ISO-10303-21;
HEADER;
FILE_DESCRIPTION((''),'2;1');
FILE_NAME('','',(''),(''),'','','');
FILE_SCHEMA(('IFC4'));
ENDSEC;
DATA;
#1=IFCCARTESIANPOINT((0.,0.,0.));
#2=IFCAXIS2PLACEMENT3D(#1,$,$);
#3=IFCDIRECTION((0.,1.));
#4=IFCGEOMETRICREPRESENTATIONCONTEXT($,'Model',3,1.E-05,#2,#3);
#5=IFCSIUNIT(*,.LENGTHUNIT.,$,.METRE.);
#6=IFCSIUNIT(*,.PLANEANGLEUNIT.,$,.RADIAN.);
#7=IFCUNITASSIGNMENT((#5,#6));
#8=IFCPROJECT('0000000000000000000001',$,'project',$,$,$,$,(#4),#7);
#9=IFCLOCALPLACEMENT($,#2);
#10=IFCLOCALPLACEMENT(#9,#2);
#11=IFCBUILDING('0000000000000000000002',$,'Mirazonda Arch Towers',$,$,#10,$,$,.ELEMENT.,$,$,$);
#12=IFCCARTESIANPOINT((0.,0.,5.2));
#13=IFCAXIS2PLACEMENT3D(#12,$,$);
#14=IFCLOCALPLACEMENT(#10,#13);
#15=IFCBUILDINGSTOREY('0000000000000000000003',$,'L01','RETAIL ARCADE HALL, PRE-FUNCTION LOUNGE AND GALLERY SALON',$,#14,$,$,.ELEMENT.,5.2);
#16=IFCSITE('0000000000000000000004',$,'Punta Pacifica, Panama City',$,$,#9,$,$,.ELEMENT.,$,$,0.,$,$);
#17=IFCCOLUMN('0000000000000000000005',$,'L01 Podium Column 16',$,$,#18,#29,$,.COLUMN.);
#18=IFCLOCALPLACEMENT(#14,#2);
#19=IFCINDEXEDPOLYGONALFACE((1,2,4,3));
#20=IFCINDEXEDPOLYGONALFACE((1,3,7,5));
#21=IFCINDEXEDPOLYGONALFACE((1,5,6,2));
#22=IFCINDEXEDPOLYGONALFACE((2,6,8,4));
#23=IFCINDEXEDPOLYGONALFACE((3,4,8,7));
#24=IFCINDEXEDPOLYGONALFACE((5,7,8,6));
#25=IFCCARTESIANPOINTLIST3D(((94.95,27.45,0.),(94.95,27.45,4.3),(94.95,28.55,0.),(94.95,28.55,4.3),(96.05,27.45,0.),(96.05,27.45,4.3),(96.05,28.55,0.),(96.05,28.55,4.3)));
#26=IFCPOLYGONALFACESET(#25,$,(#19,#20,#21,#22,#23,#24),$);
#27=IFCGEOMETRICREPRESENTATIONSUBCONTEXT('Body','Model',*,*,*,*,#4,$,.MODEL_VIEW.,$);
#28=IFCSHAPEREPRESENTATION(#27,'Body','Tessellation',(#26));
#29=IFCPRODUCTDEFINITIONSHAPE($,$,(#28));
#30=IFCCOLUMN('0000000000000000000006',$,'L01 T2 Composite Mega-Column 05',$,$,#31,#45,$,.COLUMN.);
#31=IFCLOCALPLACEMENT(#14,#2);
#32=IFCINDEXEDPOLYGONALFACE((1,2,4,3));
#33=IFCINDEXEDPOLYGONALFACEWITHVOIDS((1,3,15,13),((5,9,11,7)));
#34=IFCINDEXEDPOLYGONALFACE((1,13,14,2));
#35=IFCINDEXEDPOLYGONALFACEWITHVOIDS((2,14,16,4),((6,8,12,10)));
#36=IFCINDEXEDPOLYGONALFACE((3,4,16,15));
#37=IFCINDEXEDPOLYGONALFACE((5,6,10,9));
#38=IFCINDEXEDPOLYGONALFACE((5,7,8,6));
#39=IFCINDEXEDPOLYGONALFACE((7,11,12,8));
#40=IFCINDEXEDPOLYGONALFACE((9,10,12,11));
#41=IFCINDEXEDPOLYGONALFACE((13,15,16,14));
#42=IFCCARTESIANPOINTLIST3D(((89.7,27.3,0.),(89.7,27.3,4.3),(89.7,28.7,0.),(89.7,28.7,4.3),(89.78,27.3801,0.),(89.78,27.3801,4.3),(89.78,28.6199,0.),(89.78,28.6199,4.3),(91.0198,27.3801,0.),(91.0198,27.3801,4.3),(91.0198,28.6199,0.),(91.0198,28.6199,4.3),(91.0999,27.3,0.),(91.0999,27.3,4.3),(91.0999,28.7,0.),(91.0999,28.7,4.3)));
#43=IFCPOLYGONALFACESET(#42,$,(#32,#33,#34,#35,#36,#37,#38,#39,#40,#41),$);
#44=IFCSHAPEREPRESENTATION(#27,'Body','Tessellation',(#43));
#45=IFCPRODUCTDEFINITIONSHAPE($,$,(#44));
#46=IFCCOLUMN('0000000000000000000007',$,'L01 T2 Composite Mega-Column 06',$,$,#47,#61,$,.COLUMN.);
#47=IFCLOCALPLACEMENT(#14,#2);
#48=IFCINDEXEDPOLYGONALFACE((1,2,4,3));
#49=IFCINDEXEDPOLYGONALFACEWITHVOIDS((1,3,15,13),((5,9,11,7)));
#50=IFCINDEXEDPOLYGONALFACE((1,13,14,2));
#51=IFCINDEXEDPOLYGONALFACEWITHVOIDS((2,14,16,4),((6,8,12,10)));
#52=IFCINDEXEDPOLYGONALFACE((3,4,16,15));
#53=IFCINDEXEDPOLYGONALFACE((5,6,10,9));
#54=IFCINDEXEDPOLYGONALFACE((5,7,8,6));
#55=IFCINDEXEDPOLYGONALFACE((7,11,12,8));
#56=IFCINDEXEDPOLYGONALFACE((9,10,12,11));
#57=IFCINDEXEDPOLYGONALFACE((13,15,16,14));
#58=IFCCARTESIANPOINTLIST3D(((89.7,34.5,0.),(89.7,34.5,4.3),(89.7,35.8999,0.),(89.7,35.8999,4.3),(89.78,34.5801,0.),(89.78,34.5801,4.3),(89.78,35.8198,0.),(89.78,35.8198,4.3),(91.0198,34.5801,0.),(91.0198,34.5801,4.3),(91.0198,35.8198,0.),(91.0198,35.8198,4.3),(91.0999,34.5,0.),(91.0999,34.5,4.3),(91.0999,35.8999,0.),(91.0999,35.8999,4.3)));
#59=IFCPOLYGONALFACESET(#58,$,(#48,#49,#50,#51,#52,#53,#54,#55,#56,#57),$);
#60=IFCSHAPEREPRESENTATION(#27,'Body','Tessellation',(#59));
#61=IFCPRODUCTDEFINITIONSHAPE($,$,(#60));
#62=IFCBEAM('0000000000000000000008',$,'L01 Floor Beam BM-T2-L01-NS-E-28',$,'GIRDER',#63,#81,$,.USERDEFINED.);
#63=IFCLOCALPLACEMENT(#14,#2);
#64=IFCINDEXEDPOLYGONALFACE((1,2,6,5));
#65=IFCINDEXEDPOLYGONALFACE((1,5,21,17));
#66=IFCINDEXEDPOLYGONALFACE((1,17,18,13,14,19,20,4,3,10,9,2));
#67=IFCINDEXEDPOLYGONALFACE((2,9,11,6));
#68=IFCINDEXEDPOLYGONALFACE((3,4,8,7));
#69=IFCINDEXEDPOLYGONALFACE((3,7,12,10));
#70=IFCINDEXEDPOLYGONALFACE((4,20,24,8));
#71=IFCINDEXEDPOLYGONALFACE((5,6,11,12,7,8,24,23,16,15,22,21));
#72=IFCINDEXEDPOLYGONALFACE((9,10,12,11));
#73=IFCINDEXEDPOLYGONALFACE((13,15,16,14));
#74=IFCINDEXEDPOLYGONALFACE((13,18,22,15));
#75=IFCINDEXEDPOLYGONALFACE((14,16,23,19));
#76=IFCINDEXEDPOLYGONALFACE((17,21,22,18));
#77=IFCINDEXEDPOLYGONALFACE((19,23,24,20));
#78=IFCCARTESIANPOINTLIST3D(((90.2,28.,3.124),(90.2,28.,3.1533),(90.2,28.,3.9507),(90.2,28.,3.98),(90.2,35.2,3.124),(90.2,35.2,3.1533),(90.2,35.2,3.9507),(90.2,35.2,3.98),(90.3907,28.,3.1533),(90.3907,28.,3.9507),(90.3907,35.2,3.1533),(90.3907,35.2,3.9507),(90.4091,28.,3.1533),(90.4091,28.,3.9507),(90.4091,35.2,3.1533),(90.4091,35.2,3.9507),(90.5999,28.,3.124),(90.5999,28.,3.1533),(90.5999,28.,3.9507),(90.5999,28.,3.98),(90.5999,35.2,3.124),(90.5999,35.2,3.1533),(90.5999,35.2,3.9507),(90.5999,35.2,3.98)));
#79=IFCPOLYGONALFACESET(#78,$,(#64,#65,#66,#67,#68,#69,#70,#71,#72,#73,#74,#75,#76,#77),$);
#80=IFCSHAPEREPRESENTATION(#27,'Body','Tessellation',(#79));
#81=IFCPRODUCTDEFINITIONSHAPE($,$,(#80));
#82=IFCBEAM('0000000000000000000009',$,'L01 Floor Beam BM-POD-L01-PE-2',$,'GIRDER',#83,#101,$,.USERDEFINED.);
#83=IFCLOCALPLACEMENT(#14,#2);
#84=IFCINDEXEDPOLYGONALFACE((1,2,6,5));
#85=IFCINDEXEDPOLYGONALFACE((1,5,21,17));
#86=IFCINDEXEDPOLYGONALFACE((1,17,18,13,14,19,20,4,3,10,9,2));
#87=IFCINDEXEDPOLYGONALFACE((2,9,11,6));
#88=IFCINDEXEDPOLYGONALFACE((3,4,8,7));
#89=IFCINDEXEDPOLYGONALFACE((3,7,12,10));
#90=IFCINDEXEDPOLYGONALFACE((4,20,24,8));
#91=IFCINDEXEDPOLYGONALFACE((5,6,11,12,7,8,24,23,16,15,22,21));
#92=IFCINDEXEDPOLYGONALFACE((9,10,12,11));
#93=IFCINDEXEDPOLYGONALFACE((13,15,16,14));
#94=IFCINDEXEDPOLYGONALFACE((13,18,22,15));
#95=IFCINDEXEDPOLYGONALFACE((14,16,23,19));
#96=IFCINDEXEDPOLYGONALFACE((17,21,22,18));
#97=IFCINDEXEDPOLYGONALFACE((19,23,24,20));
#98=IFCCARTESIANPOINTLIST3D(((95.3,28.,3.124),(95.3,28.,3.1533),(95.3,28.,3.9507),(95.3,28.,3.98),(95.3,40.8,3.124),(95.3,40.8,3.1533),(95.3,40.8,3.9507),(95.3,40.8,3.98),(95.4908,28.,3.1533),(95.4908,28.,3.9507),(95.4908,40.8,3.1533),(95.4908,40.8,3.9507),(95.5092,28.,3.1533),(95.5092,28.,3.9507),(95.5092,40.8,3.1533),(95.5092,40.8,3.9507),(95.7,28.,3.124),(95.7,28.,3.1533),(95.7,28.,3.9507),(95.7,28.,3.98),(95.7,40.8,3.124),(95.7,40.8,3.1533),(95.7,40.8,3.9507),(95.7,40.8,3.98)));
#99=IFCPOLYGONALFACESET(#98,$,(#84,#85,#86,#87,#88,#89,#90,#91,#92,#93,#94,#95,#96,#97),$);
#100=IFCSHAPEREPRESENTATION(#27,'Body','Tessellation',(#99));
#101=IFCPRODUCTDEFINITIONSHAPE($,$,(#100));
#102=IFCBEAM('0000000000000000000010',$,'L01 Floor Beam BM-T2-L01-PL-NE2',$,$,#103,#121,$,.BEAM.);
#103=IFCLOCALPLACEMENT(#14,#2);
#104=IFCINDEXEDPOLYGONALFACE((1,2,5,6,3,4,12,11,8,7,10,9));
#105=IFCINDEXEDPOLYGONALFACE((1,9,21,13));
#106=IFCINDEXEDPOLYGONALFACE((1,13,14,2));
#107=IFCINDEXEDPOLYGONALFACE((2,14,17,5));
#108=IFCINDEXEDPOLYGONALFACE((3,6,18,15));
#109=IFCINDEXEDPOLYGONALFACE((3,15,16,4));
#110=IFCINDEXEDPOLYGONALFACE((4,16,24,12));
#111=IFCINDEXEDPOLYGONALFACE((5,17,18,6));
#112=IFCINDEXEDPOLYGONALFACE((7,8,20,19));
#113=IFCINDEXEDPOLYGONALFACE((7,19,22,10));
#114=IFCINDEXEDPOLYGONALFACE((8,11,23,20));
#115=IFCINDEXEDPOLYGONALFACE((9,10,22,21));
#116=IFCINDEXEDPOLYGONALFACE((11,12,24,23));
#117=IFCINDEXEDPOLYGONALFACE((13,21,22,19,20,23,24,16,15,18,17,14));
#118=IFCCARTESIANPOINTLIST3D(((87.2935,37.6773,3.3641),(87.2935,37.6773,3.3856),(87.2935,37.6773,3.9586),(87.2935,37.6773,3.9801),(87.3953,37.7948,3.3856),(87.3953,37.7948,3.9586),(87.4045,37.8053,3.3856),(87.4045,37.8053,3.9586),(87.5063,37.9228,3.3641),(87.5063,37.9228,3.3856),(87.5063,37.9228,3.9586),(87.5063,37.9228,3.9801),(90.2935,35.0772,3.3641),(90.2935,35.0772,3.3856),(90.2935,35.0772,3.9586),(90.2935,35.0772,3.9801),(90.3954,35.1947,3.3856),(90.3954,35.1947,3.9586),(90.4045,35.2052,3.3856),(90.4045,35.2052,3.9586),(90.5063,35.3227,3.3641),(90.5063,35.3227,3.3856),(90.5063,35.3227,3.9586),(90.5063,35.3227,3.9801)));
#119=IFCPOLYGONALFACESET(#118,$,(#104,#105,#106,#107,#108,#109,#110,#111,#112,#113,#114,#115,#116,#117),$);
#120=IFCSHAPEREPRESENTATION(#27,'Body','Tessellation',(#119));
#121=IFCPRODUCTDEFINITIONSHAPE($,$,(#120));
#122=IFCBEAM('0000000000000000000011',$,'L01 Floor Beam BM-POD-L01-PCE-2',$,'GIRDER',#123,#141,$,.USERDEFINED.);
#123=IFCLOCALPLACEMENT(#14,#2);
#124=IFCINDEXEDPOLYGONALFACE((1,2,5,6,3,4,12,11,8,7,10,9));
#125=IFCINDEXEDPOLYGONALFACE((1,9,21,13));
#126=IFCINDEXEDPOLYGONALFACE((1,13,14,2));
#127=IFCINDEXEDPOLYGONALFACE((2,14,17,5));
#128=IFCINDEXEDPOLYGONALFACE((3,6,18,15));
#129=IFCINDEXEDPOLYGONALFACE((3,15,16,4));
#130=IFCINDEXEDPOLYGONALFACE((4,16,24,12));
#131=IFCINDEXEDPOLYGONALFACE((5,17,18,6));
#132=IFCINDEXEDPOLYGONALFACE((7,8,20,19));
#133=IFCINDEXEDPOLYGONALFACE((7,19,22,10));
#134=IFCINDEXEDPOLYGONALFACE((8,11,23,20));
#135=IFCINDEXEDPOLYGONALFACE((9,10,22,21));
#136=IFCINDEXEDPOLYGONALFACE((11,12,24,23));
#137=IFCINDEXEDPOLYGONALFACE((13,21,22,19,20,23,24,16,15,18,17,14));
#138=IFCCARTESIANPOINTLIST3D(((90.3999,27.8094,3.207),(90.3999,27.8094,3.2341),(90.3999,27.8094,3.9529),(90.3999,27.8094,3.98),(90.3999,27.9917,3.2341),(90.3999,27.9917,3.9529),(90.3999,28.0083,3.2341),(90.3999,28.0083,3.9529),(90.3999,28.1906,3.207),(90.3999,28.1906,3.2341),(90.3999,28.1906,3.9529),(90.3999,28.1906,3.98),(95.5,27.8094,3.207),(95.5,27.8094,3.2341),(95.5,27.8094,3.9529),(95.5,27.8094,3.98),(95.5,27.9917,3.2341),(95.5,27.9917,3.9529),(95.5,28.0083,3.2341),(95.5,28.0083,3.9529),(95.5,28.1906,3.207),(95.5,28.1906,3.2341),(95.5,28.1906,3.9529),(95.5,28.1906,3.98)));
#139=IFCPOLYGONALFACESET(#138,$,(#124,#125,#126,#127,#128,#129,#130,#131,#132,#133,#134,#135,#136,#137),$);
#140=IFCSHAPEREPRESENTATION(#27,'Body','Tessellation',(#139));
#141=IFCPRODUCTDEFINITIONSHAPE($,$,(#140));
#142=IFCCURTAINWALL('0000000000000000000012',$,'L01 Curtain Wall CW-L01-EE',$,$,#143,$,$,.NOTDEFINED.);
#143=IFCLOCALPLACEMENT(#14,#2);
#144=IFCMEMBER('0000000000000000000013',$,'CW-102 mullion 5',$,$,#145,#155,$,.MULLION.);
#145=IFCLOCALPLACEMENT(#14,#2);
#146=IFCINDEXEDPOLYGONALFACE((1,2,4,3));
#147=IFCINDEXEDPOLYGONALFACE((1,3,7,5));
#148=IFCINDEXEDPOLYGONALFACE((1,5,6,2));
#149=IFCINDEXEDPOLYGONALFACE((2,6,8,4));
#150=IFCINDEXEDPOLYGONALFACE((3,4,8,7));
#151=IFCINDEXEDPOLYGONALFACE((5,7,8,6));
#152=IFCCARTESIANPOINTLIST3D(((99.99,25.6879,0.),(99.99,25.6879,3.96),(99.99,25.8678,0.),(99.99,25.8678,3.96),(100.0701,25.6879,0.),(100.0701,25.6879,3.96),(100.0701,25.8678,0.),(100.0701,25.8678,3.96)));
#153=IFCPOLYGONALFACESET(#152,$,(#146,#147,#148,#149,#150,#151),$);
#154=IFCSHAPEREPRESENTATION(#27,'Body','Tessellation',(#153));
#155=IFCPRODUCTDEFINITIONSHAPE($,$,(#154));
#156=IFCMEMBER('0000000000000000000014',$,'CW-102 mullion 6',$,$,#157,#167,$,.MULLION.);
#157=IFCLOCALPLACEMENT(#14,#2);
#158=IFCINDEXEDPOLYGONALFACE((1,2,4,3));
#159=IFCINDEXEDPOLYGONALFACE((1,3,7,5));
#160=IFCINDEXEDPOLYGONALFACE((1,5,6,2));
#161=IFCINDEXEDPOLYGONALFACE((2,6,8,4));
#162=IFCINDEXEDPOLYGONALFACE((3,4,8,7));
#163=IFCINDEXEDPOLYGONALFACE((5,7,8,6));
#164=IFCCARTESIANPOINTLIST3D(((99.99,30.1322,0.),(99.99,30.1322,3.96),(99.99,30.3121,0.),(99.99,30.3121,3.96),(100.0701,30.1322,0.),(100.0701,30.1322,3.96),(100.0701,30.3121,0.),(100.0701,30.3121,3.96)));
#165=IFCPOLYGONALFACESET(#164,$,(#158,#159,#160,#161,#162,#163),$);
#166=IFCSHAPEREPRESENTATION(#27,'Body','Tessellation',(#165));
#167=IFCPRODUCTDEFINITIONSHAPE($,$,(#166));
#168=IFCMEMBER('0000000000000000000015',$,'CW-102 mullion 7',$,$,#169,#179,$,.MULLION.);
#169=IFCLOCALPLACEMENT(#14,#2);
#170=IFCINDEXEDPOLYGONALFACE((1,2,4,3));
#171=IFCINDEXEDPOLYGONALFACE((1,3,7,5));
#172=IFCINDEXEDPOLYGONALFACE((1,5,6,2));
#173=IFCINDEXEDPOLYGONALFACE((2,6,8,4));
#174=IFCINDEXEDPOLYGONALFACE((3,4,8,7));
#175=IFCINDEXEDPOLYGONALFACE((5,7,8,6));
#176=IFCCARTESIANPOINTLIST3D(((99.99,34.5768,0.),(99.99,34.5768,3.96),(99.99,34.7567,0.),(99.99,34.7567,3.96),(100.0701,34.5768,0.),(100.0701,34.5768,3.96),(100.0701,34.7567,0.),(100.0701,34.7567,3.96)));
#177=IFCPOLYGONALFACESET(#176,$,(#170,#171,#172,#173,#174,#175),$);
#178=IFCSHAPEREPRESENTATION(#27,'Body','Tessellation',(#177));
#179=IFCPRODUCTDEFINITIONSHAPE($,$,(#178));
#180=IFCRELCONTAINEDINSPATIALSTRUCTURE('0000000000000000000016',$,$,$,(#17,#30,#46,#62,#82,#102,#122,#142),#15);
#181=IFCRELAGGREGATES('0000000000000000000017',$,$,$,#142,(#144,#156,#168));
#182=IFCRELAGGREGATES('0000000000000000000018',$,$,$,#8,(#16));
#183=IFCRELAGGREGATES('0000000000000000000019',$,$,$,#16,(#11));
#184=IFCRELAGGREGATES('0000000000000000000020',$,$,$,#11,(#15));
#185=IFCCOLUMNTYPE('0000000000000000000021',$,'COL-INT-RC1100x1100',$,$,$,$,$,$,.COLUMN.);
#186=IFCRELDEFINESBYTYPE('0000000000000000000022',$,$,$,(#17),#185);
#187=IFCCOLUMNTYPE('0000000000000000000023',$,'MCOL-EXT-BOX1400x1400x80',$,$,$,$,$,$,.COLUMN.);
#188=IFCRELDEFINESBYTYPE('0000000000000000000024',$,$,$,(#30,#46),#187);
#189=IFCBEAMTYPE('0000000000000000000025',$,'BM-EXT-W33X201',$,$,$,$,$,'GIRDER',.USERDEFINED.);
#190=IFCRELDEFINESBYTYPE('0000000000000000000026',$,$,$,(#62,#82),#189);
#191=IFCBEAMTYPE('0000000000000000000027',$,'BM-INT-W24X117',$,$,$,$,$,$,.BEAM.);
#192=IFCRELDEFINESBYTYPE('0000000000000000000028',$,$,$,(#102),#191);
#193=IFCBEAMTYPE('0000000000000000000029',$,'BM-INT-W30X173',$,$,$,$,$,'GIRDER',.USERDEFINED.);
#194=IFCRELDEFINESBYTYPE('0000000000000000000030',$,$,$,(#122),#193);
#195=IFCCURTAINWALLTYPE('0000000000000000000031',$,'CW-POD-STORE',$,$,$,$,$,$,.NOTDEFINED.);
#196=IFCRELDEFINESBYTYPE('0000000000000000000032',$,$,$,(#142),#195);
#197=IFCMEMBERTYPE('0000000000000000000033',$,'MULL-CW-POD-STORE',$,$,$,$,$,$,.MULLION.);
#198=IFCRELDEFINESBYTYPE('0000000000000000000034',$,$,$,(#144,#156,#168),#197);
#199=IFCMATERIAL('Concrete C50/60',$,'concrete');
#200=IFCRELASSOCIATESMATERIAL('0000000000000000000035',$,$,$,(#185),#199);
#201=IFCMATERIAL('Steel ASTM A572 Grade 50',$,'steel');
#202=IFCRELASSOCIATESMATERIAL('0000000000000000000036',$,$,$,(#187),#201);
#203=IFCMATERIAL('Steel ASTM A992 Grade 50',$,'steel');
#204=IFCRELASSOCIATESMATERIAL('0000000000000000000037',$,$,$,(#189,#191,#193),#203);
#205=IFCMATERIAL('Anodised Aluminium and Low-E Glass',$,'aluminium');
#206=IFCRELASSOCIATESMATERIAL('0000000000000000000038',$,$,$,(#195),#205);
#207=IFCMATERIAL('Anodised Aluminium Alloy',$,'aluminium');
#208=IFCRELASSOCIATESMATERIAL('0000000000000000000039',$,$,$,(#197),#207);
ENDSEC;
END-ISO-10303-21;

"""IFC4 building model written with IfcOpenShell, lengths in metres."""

from ifc_helpers import new_model, si_unit, direction, frame, origin, origin_2d, place, context, subcontext, project, spatial, rectangle, hollow_rectangle, i_section, extrude, material, material_profile, profile_set, type_object, element, aggregate, save


model = new_model("IFC4")

# Units and contexts
model_context = context("Model", 3, precision=1e-05, world=origin(), true_north=direction((0.0, 1.0)))
body_context = subcontext(model_context, "Body", "Model", "MODEL_VIEW")
ifc_project = project(units=[si_unit("LENGTHUNIT", "METRE"), si_unit("PLANEANGLEUNIT", "RADIAN")], contexts=[model_context])

# Site, building, storey
site_placement = place(None, origin())
site = spatial("IfcSite", under=ifc_project, at=site_placement, Name="Punta Pacifica, Panama City", CompositionType="ELEMENT", RefElevation=0.0)
building_placement = place(site_placement, origin())
building = spatial("IfcBuilding", under=site, at=building_placement, Name="Mirazonda Arch Towers", CompositionType="ELEMENT")
storey_placement = place(building_placement, frame((0.0, 0.0, 5.2)))
storey = spatial("IfcBuildingStorey", under=building, at=storey_placement, Name="L01", Description="RETAIL ARCADE HALL, PRE-FUNCTION LOUNGE AND GALLERY SALON", CompositionType="ELEMENT", Elevation=5.2)

# Columns
ifc_material_1 = material(Name="Concrete C50/60", Category="concrete")
ifc_material_profile_1 = material_profile(ifc_material_1, rectangle(XDim=1.1001, YDim=1.1001, at=origin_2d()), Name="RC1100x1100")
ifc_profile_set_1 = profile_set([ifc_material_profile_1], Name="Concrete C50/60")
column_type_1 = type_object("IfcColumnType", Name="COL-INT-RC1100x1100", PredefinedType="COLUMN", material=ifc_profile_set_1)
column_placement = place(storey_placement, frame((95.5, 28.0, 0.0), z_axis=(0.0, 0.0, 1.0), x_axis=(1.0, 0.0, 0.0)))
element("IfcColumn", 1, at=column_placement, inside=storey, type_object=column_type_1, Name="L01 Podium Column 16", PredefinedType="COLUMN", context=body_context, shape_type="SweptSolid", body=[
    extrude(rectangle(XDim=1.1001, YDim=1.1001, at=origin_2d()), origin(), (0.0, 0.0, 1.0), 4.3),
])
ifc_material_2 = material(Name="Steel ASTM A572 Grade 50", Category="steel")
ifc_material_profile_2 = material_profile(ifc_material_2, hollow_rectangle(XDim=1.3999, YDim=1.3999, WallThickness=0.0801, at=origin_2d()), Name="BOX1400x1400x80")
ifc_profile_set_2 = profile_set([ifc_material_profile_2], Name="Steel ASTM A572 Grade 50")
column_type_2 = type_object("IfcColumnType", Name="MCOL-EXT-BOX1400x1400x80", PredefinedType="COLUMN", material=ifc_profile_set_2)
for number, where, z_axis, x_axis, name in (
    (2, (90.3999, 28.0, 0.0), (0.0, 0.0, 1.0), (1.0, 0.0, 0.0), "L01 T2 Composite Mega-Column 05"),
    (3, (90.3999, 35.2, 0.0), (0.0, 0.0, 1.0), (1.0, 0.0, 0.0), "L01 T2 Composite Mega-Column 06"),
):
    element("IfcColumn", number, at=place(storey_placement, frame(where, z_axis=z_axis, x_axis=x_axis)), inside=storey, type_object=column_type_2, Name=name, PredefinedType="COLUMN", context=body_context, shape_type="SweptSolid", body=[
        extrude(hollow_rectangle(XDim=1.3999, YDim=1.3999, WallThickness=0.0801, at=origin_2d()), origin(), (0.0, 0.0, 1.0), 4.3),
    ])

# Beams
ifc_material_3 = material(Name="Steel ASTM A992 Grade 50", Category="steel")
ifc_material_profile_3 = material_profile(ifc_material_3, i_section(OverallWidth=0.3999, OverallDepth=0.856, WebThickness=0.0183, FlangeThickness=0.0293, at=origin_2d()), Name="W33X201")
ifc_profile_set_3 = profile_set([ifc_material_profile_3], Name="Steel ASTM A992 Grade 50")
beam_type_1 = type_object("IfcBeamType", Name="BM-EXT-W33X201", ElementType="GIRDER", PredefinedType="USERDEFINED", material=ifc_profile_set_3)
beam_1_placement = place(storey_placement, frame((90.3999, 28.0, 3.552), z_axis=(0.0, 1.0, 0.0), x_axis=(-1.0, 0.0, 0.0)))
element("IfcBeam", 4, at=beam_1_placement, inside=storey, type_object=beam_type_1, Name="L01 Floor Beam BM-T2-L01-NS-E-28", ObjectType="GIRDER", PredefinedType="USERDEFINED", context=body_context, shape_type="SweptSolid", body=[
    extrude(i_section(OverallWidth=0.3999, OverallDepth=0.856, WebThickness=0.0183, FlangeThickness=0.0293, at=origin_2d()), origin(), (0.0, 0.0, 1.0), 7.2),
])
beam_2_placement = place(storey_placement, frame((95.5, 28.0, 3.552), z_axis=(0.0, 1.0, 0.0), x_axis=(-1.0, 0.0, 0.0)))
element("IfcBeam", 5, at=beam_2_placement, inside=storey, type_object=beam_type_1, Name="L01 Floor Beam BM-POD-L01-PE-2", ObjectType="GIRDER", PredefinedType="USERDEFINED", context=body_context, shape_type="SweptSolid", body=[
    extrude(i_section(OverallWidth=0.3999, OverallDepth=0.856, WebThickness=0.0183, FlangeThickness=0.0293, at=origin_2d()), origin(), (0.0, 0.0, 1.0), 12.8),
])
ifc_material_profile_4 = material_profile(ifc_material_3, i_section(OverallWidth=0.325, OverallDepth=0.616, WebThickness=0.0139, FlangeThickness=0.0215, at=origin_2d()), Name="W24X117")
ifc_profile_set_4 = profile_set([ifc_material_profile_4], Name="Steel ASTM A992 Grade 50")
beam_type_2 = type_object("IfcBeamType", Name="BM-INT-W24X117", PredefinedType="BEAM", material=ifc_profile_set_4)
beam_3_placement = place(storey_placement, frame((87.3999, 37.8, 3.6721), z_axis=(0.755677, -0.654945, 0.0), x_axis=(0.654945, 0.755677, 0.0)))
element("IfcBeam", 6, at=beam_3_placement, inside=storey, type_object=beam_type_2, Name="L01 Floor Beam BM-T2-L01-PL-NE2", PredefinedType="BEAM", context=body_context, shape_type="SweptSolid", body=[
    extrude(i_section(OverallWidth=0.325, OverallDepth=0.616, WebThickness=0.0139, FlangeThickness=0.0215, at=origin_2d()), origin(), (0.0, 0.0, 1.0), 3.97),
])
ifc_material_profile_5 = material_profile(ifc_material_3, i_section(OverallWidth=0.3811, OverallDepth=0.7729, WebThickness=0.0166, FlangeThickness=0.0271, at=origin_2d()), Name="W30X173")
ifc_profile_set_5 = profile_set([ifc_material_profile_5], Name="Steel ASTM A992 Grade 50")
beam_type_3 = type_object("IfcBeamType", Name="BM-INT-W30X173", ElementType="GIRDER", PredefinedType="USERDEFINED", material=ifc_profile_set_5)
beam_4_placement = place(storey_placement, frame((90.3999, 28.0, 3.5935), z_axis=(1.0, 0.0, 0.0), x_axis=(0.0, 1.0, 0.0)))
element("IfcBeam", 7, at=beam_4_placement, inside=storey, type_object=beam_type_3, Name="L01 Floor Beam BM-POD-L01-PCE-2", ObjectType="GIRDER", PredefinedType="USERDEFINED", context=body_context, shape_type="SweptSolid", body=[
    extrude(i_section(OverallWidth=0.3811, OverallDepth=0.7729, WebThickness=0.0166, FlangeThickness=0.0271, at=origin_2d()), origin(), (0.0, 0.0, 1.0), 5.1001),
])

# Curtain wall, members
ifc_material_4 = material(Name="Anodised Aluminium and Low-E Glass", Category="aluminium")
curtain_wall_type = type_object("IfcCurtainWallType", Name="CW-POD-STORE", PredefinedType="NOTDEFINED", material=ifc_material_4)
curtain_wall_placement = place(storey_placement, origin())
curtain_wall = element("IfcCurtainWall", 8, at=curtain_wall_placement, inside=storey, type_object=curtain_wall_type, Name="L01 Curtain Wall CW-L01-EE", PredefinedType="NOTDEFINED")
ifc_material_5 = material(Name="Anodised Aluminium Alloy", Category="aluminium")
ifc_material_profile_6 = material_profile(ifc_material_5, rectangle(XDim=0.0801, YDim=0.1799, at=origin_2d()), Name="ALU-MULL-80x180")
ifc_profile_set_6 = profile_set([ifc_material_profile_6], Name="Anodised Aluminium Alloy")
member_type_1 = type_object("IfcMemberType", Name="MULL-CW-POD-STORE", PredefinedType="MULLION", material=ifc_profile_set_6)
member_1_placement = place(storey_placement, frame((100.03, 25.7778, 0.0), z_axis=(0.0, 0.0, 1.0), x_axis=(-1.0, 0.0, 0.0)))
member_1 = element("IfcMember", 9, at=member_1_placement, type_object=member_type_1, Name="CW-102 mullion 5", PredefinedType="MULLION", context=body_context, shape_type="SweptSolid", body=[
    extrude(rectangle(XDim=0.0801, YDim=0.1799, at=origin_2d()), origin(), (0.0, 0.0, 1.0), 3.96),
])
member_2_placement = place(storey_placement, frame((100.03, 30.2222, 0.0), z_axis=(0.0, 0.0, 1.0), x_axis=(-1.0, 0.0, 0.0)))
member_2 = element("IfcMember", 10, at=member_2_placement, type_object=member_type_1, Name="CW-102 mullion 6", PredefinedType="MULLION", context=body_context, shape_type="SweptSolid", body=[
    extrude(rectangle(XDim=0.0801, YDim=0.1799, at=origin_2d()), origin(), (0.0, 0.0, 1.0), 3.96),
])
member_3_placement = place(storey_placement, frame((100.03, 34.6667, 0.0), z_axis=(0.0, 0.0, 1.0), x_axis=(-1.0, 0.0, 0.0)))
member_3 = element("IfcMember", 11, at=member_3_placement, type_object=member_type_1, Name="CW-102 mullion 7", PredefinedType="MULLION", context=body_context, shape_type="SweptSolid", body=[
    extrude(rectangle(XDim=0.0801, YDim=0.1799, at=origin_2d()), origin(), (0.0, 0.0, 1.0), 3.96),
])
aggregate(curtain_wall, [member_1, member_2, member_3])

save(model, "model.ifc")
